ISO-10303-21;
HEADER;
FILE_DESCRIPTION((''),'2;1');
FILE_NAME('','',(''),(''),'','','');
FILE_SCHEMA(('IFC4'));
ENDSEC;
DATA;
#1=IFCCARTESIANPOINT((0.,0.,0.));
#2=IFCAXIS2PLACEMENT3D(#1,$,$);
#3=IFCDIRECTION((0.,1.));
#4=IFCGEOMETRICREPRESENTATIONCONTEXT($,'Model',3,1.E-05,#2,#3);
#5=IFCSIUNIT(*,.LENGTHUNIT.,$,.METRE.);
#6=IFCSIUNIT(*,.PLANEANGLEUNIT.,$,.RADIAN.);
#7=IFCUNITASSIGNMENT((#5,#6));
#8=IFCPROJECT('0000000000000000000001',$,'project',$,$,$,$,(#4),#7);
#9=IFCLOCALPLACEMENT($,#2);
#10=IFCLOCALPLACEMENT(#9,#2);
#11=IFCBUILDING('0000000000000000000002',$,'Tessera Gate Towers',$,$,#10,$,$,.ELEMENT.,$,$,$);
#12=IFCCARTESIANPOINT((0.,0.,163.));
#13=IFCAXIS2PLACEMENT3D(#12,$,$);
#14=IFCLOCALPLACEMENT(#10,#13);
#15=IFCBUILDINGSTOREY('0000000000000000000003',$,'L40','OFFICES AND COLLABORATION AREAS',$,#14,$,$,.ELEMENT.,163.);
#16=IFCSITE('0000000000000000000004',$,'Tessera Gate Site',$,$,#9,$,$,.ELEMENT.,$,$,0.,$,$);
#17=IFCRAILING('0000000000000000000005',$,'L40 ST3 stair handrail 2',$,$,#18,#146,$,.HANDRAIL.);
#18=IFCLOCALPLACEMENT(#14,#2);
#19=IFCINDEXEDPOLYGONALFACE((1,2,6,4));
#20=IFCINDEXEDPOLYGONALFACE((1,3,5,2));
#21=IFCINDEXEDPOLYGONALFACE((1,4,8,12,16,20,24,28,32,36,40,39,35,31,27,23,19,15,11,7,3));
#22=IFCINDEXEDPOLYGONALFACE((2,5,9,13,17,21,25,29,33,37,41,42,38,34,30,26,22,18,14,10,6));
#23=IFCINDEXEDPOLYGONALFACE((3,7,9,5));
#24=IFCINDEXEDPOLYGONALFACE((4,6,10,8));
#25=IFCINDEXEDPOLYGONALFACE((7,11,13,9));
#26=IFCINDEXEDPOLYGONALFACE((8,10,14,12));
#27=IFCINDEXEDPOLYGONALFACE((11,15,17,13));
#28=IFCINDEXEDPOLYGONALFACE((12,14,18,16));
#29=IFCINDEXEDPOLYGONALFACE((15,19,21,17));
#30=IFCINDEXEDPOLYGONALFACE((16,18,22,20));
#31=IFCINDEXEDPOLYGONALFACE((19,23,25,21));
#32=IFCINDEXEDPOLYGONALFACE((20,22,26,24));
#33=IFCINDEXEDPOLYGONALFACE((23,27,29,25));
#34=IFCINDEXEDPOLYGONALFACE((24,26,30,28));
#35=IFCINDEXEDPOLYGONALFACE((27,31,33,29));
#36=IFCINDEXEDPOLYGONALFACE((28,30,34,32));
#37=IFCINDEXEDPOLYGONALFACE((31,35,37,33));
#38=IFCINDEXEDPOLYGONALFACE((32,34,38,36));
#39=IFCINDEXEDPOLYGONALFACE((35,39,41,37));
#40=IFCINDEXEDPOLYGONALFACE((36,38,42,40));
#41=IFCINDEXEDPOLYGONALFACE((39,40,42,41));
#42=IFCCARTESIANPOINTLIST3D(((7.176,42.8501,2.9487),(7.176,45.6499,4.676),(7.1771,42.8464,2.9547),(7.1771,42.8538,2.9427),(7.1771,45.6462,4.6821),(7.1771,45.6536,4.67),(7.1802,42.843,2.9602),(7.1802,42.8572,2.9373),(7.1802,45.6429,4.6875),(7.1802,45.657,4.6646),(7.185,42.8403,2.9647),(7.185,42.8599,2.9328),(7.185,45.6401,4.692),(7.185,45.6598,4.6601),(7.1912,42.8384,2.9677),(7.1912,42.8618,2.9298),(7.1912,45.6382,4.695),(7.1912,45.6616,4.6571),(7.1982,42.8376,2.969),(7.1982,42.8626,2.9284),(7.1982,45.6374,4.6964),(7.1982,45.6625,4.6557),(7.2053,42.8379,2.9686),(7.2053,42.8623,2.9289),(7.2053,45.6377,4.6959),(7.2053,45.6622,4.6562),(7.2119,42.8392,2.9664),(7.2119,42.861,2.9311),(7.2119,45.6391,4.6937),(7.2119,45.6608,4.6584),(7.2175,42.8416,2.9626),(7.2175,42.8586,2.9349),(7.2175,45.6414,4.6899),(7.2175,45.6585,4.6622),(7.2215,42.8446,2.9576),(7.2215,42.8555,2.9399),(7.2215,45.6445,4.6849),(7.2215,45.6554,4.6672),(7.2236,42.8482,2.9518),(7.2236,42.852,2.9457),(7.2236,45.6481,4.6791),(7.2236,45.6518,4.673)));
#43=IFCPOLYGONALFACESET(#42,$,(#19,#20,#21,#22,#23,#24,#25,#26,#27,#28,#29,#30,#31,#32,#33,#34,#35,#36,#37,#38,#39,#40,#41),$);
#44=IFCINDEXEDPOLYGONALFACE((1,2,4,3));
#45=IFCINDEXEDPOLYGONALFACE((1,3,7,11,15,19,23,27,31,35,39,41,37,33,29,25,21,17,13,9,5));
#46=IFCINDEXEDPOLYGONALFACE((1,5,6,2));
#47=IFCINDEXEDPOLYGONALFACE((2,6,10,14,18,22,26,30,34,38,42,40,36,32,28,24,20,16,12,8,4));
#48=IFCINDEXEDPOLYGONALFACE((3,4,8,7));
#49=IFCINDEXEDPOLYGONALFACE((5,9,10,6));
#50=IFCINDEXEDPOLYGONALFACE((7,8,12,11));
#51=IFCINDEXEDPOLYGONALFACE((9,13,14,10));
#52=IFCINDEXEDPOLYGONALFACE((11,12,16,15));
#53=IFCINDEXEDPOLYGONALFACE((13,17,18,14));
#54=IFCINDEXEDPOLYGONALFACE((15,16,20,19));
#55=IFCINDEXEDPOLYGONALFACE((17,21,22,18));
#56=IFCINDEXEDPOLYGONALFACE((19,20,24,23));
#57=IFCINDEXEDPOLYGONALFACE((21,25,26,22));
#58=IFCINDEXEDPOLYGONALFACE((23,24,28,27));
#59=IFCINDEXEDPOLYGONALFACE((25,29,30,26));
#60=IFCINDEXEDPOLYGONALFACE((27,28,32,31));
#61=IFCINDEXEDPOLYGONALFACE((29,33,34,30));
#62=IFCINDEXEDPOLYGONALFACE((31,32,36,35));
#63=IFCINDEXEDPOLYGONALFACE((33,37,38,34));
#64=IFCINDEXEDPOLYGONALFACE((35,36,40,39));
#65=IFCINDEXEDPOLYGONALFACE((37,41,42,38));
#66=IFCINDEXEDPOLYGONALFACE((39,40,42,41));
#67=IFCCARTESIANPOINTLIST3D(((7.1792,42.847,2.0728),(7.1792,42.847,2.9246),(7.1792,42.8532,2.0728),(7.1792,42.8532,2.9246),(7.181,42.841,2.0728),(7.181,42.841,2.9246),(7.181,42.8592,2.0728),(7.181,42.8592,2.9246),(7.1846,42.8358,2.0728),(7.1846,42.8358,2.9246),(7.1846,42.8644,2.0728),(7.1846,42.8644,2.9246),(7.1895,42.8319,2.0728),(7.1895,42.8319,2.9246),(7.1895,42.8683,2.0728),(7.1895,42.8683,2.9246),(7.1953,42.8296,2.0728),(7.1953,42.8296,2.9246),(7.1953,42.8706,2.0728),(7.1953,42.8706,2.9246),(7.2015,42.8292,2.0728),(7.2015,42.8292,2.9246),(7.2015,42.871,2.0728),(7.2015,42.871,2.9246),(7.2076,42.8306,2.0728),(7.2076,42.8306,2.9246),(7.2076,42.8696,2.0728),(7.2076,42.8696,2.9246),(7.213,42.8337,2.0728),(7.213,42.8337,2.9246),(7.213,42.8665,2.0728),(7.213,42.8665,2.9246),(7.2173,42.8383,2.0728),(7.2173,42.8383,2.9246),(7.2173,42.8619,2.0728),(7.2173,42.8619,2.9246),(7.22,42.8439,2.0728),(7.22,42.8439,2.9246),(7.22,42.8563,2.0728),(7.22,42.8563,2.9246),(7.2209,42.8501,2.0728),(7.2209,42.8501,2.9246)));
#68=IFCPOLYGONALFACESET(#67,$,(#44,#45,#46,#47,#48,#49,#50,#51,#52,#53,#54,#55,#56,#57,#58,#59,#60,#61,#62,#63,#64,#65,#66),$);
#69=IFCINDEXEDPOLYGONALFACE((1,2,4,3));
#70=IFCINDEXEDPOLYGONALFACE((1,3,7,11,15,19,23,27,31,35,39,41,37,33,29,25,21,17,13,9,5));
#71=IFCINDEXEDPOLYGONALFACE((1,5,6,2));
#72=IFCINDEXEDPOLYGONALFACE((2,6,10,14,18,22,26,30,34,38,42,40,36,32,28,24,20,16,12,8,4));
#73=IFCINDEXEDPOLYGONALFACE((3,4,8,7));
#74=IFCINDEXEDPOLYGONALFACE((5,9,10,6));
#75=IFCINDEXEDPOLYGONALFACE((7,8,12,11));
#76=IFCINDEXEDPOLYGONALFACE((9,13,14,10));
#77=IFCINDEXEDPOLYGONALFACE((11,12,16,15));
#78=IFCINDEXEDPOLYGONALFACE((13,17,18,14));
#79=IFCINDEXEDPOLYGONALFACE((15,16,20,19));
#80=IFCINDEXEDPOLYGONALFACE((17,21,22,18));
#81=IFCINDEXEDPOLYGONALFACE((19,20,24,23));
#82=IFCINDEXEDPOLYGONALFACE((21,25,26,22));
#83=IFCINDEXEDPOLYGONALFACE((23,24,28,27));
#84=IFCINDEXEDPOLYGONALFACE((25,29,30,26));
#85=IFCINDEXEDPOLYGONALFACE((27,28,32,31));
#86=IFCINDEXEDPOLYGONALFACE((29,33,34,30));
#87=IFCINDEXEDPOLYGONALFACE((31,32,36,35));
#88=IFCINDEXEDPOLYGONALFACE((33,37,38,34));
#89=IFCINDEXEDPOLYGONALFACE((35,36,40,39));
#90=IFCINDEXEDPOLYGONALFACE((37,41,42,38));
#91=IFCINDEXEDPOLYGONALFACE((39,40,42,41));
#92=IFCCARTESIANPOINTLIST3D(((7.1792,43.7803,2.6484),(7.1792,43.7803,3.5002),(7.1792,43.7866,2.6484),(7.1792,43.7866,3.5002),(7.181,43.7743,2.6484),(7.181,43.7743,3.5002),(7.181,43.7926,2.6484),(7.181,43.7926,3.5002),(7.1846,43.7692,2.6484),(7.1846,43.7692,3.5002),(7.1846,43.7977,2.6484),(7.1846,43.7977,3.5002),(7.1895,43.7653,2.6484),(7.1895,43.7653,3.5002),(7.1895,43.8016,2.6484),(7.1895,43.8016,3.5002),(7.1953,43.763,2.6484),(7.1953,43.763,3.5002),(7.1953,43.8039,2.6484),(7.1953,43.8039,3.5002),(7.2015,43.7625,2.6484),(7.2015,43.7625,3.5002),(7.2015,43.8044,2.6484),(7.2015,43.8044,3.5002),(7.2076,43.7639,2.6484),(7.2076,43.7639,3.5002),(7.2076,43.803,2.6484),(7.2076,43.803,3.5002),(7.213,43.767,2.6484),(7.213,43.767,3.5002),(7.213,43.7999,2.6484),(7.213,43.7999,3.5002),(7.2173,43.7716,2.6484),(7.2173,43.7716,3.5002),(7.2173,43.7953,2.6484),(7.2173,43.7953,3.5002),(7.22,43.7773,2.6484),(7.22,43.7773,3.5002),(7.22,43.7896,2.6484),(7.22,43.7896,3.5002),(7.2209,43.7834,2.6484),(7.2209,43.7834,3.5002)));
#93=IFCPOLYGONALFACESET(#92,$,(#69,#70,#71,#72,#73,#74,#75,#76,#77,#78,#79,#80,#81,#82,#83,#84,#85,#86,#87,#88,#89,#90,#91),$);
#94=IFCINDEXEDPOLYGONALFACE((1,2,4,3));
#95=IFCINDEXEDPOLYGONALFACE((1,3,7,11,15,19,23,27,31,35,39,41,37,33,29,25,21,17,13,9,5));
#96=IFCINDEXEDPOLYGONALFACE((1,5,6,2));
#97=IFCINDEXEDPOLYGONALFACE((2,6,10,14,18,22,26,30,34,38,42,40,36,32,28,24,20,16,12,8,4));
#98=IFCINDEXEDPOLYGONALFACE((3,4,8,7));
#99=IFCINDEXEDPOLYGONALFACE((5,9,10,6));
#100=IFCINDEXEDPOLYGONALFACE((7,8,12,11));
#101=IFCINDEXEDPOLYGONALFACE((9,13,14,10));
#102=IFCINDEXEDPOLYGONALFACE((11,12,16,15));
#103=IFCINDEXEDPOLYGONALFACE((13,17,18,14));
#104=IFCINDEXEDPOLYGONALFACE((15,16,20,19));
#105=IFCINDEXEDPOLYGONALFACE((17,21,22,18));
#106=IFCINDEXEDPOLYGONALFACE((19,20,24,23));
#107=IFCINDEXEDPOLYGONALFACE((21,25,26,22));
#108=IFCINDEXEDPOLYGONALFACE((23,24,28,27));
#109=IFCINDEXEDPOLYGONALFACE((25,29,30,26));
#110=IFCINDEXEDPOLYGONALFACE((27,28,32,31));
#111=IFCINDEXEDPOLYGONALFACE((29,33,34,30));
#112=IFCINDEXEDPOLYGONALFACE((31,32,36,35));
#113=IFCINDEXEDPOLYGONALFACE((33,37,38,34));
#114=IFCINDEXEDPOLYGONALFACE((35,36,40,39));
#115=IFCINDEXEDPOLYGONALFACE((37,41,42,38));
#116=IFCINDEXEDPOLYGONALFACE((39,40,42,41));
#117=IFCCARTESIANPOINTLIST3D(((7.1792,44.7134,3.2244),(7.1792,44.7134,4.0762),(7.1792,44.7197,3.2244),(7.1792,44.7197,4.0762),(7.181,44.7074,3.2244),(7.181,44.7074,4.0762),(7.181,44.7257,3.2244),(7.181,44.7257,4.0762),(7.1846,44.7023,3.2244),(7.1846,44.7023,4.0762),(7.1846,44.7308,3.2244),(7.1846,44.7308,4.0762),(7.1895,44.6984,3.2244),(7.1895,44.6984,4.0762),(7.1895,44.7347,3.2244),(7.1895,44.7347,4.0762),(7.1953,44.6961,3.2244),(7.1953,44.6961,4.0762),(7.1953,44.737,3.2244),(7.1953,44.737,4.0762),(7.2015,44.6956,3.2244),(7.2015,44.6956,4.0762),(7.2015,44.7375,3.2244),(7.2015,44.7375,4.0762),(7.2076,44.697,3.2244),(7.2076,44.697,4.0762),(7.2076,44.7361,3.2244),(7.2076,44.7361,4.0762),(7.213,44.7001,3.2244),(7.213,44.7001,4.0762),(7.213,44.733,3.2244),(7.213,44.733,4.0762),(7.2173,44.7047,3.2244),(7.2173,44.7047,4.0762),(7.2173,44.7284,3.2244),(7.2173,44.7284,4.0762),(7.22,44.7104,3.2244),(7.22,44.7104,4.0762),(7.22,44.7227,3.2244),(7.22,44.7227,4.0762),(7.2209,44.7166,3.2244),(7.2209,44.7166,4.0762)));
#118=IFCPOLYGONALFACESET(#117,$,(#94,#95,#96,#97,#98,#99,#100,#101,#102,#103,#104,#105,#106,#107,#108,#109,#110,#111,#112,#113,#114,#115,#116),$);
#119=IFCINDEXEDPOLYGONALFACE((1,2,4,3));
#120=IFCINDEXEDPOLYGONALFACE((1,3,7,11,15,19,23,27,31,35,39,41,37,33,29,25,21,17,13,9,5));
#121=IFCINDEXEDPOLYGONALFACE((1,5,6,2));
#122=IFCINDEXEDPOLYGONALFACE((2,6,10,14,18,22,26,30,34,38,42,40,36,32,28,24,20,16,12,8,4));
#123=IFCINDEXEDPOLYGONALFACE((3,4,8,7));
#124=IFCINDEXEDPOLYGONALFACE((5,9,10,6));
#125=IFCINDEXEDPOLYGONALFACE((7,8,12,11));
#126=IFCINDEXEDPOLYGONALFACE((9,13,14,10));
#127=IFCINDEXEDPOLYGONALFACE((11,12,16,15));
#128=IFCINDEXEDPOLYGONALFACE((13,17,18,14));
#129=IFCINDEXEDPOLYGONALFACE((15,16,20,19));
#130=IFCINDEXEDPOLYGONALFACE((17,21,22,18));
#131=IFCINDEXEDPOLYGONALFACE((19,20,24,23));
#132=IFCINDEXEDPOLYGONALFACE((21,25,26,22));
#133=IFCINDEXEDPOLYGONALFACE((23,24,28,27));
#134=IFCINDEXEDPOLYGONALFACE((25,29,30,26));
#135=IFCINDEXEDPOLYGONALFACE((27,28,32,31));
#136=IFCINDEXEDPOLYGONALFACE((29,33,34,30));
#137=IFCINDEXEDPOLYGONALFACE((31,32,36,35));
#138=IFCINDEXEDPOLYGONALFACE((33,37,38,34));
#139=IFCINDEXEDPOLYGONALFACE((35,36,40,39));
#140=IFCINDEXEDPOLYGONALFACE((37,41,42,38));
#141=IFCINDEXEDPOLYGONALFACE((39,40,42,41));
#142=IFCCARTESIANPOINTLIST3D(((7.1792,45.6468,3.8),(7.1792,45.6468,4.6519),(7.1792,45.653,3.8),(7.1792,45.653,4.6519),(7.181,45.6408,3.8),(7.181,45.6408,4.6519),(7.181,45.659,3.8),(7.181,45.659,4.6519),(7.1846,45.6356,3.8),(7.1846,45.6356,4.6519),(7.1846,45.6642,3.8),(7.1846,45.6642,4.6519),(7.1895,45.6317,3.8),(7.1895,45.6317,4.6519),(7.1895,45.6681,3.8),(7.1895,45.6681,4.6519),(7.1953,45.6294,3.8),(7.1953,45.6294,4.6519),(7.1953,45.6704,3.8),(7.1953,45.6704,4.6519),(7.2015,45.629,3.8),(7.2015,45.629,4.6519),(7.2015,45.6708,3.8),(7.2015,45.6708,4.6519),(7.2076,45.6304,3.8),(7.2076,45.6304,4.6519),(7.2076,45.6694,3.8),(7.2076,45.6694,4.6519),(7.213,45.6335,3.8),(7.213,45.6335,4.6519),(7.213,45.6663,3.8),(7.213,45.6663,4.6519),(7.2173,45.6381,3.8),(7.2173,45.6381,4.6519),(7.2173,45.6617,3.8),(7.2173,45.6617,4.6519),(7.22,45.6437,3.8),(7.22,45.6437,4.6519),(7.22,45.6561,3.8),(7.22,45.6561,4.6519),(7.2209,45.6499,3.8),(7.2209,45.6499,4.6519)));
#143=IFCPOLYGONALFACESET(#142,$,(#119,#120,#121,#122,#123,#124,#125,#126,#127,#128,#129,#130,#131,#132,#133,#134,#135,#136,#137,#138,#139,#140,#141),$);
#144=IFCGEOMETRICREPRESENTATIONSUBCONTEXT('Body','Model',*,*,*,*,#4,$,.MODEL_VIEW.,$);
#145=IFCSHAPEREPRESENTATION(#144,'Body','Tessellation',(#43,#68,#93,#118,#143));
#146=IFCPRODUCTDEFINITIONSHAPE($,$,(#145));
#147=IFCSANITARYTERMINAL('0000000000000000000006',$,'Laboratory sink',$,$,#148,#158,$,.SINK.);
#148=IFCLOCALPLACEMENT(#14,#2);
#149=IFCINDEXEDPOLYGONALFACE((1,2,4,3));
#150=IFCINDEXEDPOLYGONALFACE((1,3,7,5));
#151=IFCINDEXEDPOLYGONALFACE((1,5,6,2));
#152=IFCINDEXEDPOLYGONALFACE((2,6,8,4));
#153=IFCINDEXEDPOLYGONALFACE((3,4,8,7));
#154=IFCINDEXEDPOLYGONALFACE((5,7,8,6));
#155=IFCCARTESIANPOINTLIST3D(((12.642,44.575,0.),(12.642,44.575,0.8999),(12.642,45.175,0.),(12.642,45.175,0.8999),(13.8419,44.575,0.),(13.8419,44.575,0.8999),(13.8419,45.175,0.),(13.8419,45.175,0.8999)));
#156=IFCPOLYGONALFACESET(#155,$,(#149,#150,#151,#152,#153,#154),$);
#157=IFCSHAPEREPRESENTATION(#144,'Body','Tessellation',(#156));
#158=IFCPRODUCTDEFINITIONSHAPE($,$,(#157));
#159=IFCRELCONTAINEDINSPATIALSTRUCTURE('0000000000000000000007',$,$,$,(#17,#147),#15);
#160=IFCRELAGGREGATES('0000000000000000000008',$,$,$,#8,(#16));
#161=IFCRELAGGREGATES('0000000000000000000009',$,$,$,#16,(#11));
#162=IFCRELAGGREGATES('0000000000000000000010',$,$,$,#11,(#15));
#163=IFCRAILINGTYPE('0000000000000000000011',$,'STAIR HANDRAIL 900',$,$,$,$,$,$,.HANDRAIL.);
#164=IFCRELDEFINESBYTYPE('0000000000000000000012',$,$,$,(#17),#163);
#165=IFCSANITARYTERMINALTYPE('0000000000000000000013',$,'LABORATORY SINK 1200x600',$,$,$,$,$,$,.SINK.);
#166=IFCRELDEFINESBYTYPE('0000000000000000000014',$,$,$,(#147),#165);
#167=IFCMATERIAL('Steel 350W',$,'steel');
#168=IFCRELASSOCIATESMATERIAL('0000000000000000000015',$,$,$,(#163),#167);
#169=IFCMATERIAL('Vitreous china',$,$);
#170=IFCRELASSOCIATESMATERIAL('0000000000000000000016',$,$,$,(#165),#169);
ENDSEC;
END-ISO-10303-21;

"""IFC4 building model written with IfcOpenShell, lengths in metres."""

from ifc_helpers import new_model, si_unit, direction, frame, origin, origin_2d, place, context, subcontext, project, spatial, rectangle, circle, extrude, material, type_object, element, save


model = new_model("IFC4")

# Units and contexts
model_context = context("Model", 3, precision=1e-05, world=origin(), true_north=direction((0.0, 1.0)))
body_context = subcontext(model_context, "Body", "Model", "MODEL_VIEW")
ifc_project = project(units=[si_unit("LENGTHUNIT", "METRE"), si_unit("PLANEANGLEUNIT", "RADIAN")], contexts=[model_context])

# Site, building, storey
site_placement = place(None, origin())
site = spatial("IfcSite", under=ifc_project, at=site_placement, Name="Tessera Gate Site", CompositionType="ELEMENT", RefElevation=0.0)
building_placement = place(site_placement, origin())
building = spatial("IfcBuilding", under=site, at=building_placement, Name="Tessera Gate Towers", CompositionType="ELEMENT")
storey_placement = place(building_placement, frame((0.0, 0.0, 163.0)))
storey = spatial("IfcBuildingStorey", under=building, at=storey_placement, Name="L40", Description="OFFICES AND COLLABORATION AREAS", CompositionType="ELEMENT", Elevation=163.0)

# Railing
ifc_material_1 = material(Name="Steel 350W", Category="steel")
railing_type = type_object("IfcRailingType", Name="STAIR HANDRAIL 900", PredefinedType="HANDRAIL", material=ifc_material_1)
railing_placement = place(storey_placement, frame((7.2, 42.8501, 2.0728)))
element("IfcRailing", 1, at=railing_placement, inside=storey, type_object=railing_type, Name="L40 ST3 stair handrail 2", PredefinedType="HANDRAIL", context=body_context, shape_type="SweptSolid", body=[
    extrude(circle(Radius=0.0239, at=origin_2d()), frame((0.0, 0.0, 0.876), z_axis=(0.0, 0.851069, 0.525054), x_axis=(-1.0, 0.0, 0.0)), (0.0, 0.0, 1.0), 3.2898),
    extrude(circle(Radius=0.021, at=origin_2d()), origin(), (0.0, 0.0, 1.0), 0.8518),
    extrude(circle(Radius=0.021, at=origin_2d()), frame((0.0, 0.9333, 0.5757)), (0.0, 0.0, 1.0), 0.8518),
    extrude(circle(Radius=0.021, at=origin_2d()), frame((0.0, 1.8665, 1.1516)), (0.0, 0.0, 1.0), 0.8518),
    extrude(circle(Radius=0.021, at=origin_2d()), frame((0.0, 2.7998, 1.7273)), (0.0, 0.0, 1.0), 0.8518),
])

# Sanitary terminal
ifc_material_2 = material(Name="Vitreous china")
sanitary_terminal_type = type_object("IfcSanitaryTerminalType", Name="LABORATORY SINK 1200x600", PredefinedType="SINK", material=ifc_material_2)
sanitary_terminal_placement = place(storey_placement, frame((13.2419, 44.875, 0.0), z_axis=(0.0, 0.0, 1.0), x_axis=(1.0, 0.0, 0.0)))
element("IfcSanitaryTerminal", 2, at=sanitary_terminal_placement, inside=storey, type_object=sanitary_terminal_type, Name="Laboratory sink", PredefinedType="SINK", context=body_context, shape_type="SweptSolid", body=[
    extrude(rectangle(XDim=1.2, YDim=0.6001, at=origin_2d()), origin(), (0.0, 0.0, 1.0), 0.8999),
])

save(model, "model.ifc")
